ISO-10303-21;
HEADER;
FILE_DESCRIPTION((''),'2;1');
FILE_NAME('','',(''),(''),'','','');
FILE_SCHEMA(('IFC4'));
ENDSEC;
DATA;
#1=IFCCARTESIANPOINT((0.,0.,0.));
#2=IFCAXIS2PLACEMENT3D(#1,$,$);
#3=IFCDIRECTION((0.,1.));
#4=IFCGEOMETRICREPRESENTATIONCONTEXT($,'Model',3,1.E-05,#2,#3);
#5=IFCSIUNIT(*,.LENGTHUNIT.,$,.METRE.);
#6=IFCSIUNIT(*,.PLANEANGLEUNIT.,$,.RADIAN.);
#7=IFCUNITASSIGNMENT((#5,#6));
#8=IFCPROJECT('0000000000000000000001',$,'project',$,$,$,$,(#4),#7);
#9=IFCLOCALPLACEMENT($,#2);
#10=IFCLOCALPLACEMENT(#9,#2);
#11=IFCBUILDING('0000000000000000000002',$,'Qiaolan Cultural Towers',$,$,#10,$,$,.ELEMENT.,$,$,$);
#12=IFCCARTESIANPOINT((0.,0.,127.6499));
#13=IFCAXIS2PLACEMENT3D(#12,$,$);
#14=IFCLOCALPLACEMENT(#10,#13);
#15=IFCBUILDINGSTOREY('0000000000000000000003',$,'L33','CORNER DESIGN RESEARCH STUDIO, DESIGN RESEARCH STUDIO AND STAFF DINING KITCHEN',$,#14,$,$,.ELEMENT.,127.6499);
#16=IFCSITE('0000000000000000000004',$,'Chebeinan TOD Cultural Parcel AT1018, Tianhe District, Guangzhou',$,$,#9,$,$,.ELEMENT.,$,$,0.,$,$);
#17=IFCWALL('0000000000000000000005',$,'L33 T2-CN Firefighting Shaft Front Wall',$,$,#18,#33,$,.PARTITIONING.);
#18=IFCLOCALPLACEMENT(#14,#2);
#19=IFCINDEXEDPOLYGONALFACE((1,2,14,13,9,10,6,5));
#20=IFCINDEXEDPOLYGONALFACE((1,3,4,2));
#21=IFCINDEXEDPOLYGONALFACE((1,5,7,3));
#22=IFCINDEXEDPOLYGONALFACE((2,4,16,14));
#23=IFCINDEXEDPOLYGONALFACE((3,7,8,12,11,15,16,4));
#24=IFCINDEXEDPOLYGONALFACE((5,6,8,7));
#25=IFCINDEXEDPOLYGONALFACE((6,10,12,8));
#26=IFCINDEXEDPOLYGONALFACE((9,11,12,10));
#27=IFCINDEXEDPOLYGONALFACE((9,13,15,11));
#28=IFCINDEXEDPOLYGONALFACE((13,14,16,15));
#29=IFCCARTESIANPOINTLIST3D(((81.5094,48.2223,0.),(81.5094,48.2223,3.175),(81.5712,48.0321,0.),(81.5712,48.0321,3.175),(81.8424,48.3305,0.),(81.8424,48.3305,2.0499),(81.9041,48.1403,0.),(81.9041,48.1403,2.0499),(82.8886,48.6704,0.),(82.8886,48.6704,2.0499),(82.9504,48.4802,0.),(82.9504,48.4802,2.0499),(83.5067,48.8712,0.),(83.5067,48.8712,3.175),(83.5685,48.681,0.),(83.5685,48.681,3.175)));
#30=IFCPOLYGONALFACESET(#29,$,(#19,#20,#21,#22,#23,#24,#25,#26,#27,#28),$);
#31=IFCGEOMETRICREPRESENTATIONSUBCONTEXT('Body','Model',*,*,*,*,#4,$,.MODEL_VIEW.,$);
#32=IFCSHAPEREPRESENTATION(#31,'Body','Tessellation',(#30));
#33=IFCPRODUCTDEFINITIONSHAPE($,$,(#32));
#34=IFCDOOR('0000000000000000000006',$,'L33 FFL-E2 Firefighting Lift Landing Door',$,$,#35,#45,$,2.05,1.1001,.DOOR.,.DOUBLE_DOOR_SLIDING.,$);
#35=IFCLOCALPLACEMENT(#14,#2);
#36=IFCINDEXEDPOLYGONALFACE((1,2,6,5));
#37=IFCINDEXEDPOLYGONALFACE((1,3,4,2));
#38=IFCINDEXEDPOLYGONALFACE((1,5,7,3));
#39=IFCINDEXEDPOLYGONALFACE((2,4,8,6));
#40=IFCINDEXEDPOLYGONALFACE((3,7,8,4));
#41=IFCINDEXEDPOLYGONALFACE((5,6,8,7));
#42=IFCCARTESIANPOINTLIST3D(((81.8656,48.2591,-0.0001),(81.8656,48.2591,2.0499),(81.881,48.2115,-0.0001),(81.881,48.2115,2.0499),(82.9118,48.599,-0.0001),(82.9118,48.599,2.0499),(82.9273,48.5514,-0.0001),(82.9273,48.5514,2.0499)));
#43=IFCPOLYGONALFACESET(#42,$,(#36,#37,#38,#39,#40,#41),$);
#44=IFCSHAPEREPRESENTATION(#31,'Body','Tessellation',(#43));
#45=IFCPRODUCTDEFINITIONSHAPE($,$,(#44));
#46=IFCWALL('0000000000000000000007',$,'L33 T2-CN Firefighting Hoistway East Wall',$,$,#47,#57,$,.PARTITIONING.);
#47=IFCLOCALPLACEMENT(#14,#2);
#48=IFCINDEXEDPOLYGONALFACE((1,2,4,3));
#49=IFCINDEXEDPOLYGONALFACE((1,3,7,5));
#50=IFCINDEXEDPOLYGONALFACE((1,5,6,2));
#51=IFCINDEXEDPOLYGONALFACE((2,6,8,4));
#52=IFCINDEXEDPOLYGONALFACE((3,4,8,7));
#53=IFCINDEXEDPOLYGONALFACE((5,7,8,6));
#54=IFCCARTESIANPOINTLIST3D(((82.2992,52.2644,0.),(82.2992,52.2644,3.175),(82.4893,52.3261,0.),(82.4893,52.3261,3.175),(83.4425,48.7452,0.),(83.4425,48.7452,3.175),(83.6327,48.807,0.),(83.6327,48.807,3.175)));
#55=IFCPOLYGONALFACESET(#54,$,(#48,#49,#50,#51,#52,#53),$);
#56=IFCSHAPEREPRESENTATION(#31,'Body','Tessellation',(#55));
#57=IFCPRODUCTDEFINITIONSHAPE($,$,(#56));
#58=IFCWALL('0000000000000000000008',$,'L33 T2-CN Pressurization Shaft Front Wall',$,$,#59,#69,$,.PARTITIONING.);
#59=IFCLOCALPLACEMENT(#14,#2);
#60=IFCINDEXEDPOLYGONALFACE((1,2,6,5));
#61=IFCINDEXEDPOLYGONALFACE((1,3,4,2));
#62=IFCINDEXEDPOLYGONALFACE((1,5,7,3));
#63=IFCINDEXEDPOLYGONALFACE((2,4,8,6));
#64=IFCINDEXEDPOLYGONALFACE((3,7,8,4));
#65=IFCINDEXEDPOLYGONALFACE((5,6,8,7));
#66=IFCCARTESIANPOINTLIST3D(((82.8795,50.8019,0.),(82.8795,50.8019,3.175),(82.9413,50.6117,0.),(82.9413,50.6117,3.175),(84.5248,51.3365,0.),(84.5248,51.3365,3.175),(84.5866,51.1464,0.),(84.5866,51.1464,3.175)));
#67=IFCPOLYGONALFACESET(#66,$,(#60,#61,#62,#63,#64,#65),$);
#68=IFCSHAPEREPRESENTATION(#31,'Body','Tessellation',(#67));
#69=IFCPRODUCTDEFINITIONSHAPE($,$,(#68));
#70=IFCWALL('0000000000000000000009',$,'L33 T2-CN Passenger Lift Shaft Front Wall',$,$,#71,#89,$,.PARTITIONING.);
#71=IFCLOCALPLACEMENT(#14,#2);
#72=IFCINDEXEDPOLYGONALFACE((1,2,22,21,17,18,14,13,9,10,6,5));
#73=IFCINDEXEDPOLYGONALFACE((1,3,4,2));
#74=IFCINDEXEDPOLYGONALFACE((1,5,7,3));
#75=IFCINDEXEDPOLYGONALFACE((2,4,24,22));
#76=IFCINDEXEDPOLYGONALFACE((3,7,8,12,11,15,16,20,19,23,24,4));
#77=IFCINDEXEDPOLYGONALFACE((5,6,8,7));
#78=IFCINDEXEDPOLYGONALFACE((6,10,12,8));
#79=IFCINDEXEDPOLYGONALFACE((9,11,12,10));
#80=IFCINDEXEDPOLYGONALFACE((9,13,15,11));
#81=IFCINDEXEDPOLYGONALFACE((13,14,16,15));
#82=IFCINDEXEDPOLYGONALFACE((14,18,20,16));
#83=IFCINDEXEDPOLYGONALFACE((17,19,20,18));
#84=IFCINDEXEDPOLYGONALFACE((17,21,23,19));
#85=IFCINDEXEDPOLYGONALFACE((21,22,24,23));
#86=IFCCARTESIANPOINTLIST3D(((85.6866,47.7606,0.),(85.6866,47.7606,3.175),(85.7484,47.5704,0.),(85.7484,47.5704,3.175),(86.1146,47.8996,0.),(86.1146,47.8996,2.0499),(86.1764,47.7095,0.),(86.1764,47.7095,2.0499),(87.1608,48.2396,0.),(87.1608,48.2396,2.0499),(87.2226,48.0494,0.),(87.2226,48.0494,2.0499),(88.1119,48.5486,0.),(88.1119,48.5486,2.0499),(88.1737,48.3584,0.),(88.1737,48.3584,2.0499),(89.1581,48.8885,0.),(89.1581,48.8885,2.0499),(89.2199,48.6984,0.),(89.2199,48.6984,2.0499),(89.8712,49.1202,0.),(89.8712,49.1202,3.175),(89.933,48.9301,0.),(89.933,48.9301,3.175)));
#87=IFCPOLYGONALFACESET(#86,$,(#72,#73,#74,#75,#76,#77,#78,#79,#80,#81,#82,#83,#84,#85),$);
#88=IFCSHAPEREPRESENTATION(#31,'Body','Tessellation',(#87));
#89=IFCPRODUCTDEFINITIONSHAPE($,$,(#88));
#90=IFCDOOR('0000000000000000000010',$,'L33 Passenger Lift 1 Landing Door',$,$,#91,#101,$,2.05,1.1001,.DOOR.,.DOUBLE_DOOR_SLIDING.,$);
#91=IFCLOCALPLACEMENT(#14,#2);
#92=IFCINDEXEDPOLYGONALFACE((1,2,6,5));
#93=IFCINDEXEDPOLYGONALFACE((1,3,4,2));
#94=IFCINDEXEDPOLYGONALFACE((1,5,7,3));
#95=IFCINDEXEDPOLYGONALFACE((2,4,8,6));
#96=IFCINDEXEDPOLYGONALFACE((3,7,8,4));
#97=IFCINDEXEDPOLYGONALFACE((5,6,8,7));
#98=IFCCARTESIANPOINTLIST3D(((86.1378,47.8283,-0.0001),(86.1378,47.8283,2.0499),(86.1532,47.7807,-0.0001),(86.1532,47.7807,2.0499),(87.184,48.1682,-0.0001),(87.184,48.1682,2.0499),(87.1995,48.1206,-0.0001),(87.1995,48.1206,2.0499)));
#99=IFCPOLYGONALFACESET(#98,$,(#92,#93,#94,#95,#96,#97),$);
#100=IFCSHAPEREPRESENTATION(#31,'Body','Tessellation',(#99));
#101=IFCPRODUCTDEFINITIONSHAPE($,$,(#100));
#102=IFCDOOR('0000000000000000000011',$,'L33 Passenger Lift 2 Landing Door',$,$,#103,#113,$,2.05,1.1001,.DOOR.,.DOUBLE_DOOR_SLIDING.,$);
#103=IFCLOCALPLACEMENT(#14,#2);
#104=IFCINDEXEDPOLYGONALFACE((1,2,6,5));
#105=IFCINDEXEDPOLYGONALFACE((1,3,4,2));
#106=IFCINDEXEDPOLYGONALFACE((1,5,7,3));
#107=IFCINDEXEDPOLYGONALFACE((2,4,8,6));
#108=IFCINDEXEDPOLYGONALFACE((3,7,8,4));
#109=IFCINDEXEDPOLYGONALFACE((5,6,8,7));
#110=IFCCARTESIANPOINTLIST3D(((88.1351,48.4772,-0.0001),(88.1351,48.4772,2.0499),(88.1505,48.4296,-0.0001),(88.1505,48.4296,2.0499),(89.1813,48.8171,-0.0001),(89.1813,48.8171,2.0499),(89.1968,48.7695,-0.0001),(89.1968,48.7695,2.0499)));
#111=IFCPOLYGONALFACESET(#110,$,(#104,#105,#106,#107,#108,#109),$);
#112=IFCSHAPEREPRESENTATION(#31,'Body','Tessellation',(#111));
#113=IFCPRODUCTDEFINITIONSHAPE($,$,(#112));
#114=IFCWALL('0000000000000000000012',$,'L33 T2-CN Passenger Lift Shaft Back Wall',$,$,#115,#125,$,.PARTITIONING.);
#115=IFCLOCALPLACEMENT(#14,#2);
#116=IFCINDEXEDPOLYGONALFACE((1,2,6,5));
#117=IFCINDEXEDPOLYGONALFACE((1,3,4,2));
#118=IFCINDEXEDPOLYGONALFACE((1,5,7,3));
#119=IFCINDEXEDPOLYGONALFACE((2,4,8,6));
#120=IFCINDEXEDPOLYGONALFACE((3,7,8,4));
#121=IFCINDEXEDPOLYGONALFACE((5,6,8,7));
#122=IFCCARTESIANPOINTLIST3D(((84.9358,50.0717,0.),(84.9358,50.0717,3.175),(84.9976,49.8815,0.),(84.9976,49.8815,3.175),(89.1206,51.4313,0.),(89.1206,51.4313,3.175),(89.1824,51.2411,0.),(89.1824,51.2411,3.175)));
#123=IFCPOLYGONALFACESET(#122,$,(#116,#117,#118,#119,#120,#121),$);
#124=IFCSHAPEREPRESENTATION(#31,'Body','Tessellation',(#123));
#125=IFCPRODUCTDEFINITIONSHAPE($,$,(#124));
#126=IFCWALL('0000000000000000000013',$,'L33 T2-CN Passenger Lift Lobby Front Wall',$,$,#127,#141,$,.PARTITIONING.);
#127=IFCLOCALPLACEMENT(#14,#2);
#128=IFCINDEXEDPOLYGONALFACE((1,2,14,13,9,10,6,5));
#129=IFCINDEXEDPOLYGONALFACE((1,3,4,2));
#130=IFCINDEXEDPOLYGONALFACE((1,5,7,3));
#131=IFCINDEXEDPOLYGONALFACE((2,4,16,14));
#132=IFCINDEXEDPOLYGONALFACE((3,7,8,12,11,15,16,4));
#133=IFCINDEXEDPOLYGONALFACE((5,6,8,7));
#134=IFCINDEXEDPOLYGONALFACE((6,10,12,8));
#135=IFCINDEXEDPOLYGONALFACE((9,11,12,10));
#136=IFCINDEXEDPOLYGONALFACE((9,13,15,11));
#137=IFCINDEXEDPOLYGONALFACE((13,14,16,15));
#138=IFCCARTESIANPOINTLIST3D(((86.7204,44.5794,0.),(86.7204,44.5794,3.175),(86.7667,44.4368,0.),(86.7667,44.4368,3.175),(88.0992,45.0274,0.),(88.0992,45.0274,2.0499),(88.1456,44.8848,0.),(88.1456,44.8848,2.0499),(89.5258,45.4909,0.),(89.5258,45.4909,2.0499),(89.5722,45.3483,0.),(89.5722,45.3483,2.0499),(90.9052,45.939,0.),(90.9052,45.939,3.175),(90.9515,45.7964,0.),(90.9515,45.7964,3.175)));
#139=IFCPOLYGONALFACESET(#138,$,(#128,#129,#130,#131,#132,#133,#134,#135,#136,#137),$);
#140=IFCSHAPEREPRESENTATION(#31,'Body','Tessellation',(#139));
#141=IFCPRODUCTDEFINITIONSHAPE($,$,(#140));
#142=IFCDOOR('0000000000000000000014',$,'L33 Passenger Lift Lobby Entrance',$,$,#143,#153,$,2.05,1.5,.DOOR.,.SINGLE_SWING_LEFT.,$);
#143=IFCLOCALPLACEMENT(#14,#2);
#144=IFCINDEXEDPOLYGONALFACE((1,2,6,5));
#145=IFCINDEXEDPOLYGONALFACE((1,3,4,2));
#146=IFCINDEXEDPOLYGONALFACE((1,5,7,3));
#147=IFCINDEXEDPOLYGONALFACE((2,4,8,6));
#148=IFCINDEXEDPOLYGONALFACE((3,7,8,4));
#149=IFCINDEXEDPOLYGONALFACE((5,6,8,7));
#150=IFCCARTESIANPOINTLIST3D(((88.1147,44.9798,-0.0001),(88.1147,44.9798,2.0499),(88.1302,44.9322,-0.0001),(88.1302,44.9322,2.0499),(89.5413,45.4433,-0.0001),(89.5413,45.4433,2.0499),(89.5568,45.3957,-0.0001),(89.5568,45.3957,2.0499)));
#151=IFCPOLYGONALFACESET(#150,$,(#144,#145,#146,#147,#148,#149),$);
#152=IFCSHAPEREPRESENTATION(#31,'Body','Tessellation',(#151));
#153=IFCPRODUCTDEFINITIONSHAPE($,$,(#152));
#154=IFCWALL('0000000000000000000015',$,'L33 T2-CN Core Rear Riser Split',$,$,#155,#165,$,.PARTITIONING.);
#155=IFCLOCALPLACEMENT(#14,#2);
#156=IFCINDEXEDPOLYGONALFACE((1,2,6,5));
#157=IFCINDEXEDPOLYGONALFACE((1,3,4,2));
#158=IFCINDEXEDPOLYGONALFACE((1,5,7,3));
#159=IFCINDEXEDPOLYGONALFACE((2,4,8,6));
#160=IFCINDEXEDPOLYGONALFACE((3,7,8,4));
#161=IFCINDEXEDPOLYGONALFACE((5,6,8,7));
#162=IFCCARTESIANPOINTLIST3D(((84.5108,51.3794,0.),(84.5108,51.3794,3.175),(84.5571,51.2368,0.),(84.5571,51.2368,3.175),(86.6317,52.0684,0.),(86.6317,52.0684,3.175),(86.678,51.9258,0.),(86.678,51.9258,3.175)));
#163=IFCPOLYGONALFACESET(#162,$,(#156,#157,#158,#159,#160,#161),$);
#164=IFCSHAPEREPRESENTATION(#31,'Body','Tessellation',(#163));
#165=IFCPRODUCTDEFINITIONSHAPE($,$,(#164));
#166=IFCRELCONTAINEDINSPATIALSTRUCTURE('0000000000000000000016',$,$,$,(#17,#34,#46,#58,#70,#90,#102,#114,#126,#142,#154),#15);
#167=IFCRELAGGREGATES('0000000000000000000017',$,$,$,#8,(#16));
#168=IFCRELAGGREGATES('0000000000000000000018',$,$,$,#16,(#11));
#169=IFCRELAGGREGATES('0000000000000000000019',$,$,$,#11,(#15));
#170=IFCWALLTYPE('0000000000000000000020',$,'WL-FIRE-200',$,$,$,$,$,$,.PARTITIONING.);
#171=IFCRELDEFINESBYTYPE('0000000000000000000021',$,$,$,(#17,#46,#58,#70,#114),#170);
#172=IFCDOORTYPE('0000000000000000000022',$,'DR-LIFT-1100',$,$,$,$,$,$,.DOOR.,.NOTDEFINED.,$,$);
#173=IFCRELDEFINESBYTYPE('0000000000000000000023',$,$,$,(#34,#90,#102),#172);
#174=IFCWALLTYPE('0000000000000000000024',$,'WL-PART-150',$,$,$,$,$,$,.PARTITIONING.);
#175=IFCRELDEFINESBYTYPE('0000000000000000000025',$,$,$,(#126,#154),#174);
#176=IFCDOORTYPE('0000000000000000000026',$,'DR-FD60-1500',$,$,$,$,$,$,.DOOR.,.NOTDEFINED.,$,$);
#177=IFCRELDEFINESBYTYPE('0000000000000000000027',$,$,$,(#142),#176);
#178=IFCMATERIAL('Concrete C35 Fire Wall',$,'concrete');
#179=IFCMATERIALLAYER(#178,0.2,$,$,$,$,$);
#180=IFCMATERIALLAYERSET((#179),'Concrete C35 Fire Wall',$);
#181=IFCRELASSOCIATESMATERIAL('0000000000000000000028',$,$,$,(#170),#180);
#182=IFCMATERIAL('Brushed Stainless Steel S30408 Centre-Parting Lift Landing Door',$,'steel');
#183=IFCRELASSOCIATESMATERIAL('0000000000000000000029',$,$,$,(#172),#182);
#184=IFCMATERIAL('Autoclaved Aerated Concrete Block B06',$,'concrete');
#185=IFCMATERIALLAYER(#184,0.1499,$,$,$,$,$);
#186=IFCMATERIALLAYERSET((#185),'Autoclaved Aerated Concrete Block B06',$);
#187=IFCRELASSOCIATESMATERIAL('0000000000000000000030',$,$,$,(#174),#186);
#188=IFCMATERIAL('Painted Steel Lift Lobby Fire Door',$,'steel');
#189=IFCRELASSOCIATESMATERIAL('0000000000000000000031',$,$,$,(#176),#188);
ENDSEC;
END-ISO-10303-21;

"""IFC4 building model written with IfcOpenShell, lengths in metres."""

from ifc_helpers import new_model, si_unit, direction, frame, frame_2d, origin, place, context, subcontext, project, spatial, rectangle, extrude, material, layer, layer_set, type_object, element, fill, save


model = new_model("IFC4")

# Units and contexts
model_context = context("Model", 3, precision=1e-05, world=origin(), true_north=direction((0.0, 1.0)))
body_context = subcontext(model_context, "Body", "Model", "MODEL_VIEW")
ifc_project = project(units=[si_unit("LENGTHUNIT", "METRE"), si_unit("PLANEANGLEUNIT", "RADIAN")], contexts=[model_context])

# Site, building, storey
site_placement = place(None, origin())
site = spatial("IfcSite", under=ifc_project, at=site_placement, Name="Chebeinan TOD Cultural Parcel AT1018, Tianhe District, Guangzhou", CompositionType="ELEMENT", RefElevation=0.0)
building_placement = place(site_placement, origin())
building = spatial("IfcBuilding", under=site, at=building_placement, Name="Qiaolan Cultural Towers", CompositionType="ELEMENT")
storey_placement = place(building_placement, frame((0.0, 0.0, 127.6499)))
storey = spatial("IfcBuildingStorey", under=building, at=storey_placement, Name="L33", Description="CORNER DESIGN RESEARCH STUDIO, DESIGN RESEARCH STUDIO AND STAFF DINING KITCHEN", CompositionType="ELEMENT", Elevation=127.6499)

# Shared definitions
ifc_material_1 = material(Name="Concrete C35 Fire Wall", Category="concrete")
ifc_layer_1 = layer(ifc_material_1, 0.2)
ifc_layer_set_1 = layer_set([ifc_layer_1], Name="Concrete C35 Fire Wall")
wall_type_1 = type_object("IfcWallType", Name="WL-FIRE-200", PredefinedType="PARTITIONING", material=ifc_layer_set_1)

# Wall, opening, door
wall_1_placement = place(storey_placement, frame((81.5403, 48.1272, 0.0), z_axis=(0.0, 0.0, 1.0), x_axis=(0.951062, 0.308999, 0.0)))
wall_1 = element("IfcWall", 1, at=wall_1_placement, inside=storey, type_object=wall_type_1, Name="L33 T2-CN Firefighting Shaft Front Wall", PredefinedType="PARTITIONING", context=body_context, shape_type="SweptSolid", body=[
    extrude(rectangle(XDim=2.1001, YDim=0.2, at=frame_2d((1.05, 0.0))), origin(), (0.0, 0.0, 1.0), 3.175),
])
opening_1_placement = place(wall_1_placement, frame((0.3501, 0.0, 0.0)))
opening_1 = element("IfcOpeningElement", 2, at=opening_1_placement, cuts=wall_1, PredefinedType="OPENING", context=body_context, shape_type="SweptSolid", body=[
    extrude(rectangle(XDim=1.1001, YDim=2.05, at=frame_2d((0.55, 1.0249))), frame((0.0, 0.1099, 0.0), z_axis=(0.0, -1.0, 0.0), x_axis=(1.0, 0.0, 0.0)), (0.0, 0.0, 1.0), 0.22),
])
ifc_material_2 = material(Name="Brushed Stainless Steel S30408 Centre-Parting Lift Landing Door", Category="steel")
door_type_1 = type_object("IfcDoorType", Name="DR-LIFT-1100", OperationType="NOTDEFINED", PredefinedType="DOOR", material=ifc_material_2)
door_1_placement = place(opening_1_placement, origin())
door_1 = element("IfcDoor", 3, at=door_1_placement, inside=storey, type_object=door_type_1, Name="L33 FFL-E2 Firefighting Lift Landing Door", OperationType="DOUBLE_DOOR_SLIDING", OverallHeight=2.05, OverallWidth=1.1001, PredefinedType="DOOR", context=body_context, shape_type="SweptSolid", body=[
    extrude(rectangle(XDim=1.1001, YDim=2.05, at=frame_2d((0.55, 1.0249))), frame((0.0, 0.0249, 0.0), z_axis=(0.0, -1.0, 0.0), x_axis=(1.0, 0.0, 0.0)), (0.0, 0.0, 1.0), 0.05),
])
fill(opening_1, door_1)

# Walls
wall_2_placement = place(storey_placement, frame((83.5376, 48.7761, 0.0), z_axis=(0.0, 0.0, 1.0), x_axis=(-0.308994, 0.951064, 0.0)))
element("IfcWall", 4, at=wall_2_placement, inside=storey, type_object=wall_type_1, Name="L33 T2-CN Firefighting Hoistway East Wall", PredefinedType="PARTITIONING", context=body_context, shape_type="SweptSolid", body=[
    extrude(rectangle(XDim=3.7002, YDim=0.2, at=frame_2d((1.8501, 0.0))), origin(), (0.0, 0.0, 1.0), 3.175),
])
wall_3_placement = place(storey_placement, frame((82.9104, 50.7068, 0.0), z_axis=(0.0, 0.0, 1.0), x_axis=(0.951041, 0.309064, 0.0)))
element("IfcWall", 5, at=wall_3_placement, inside=storey, type_object=wall_type_1, Name="L33 T2-CN Pressurization Shaft Front Wall", PredefinedType="PARTITIONING", context=body_context, shape_type="SweptSolid", body=[
    extrude(rectangle(XDim=1.73, YDim=0.2, at=frame_2d((0.865, 0.0))), origin(), (0.0, 0.0, 1.0), 3.175),
])

# Wall, openings, doors
wall_4_placement = place(storey_placement, frame((85.7175, 47.6655, 0.0), z_axis=(0.0, 0.0, 1.0), x_axis=(0.951059, 0.309011, 0.0)))
wall_4 = element("IfcWall", 6, at=wall_4_placement, inside=storey, type_object=wall_type_1, Name="L33 T2-CN Passenger Lift Shaft Front Wall", PredefinedType="PARTITIONING", context=body_context, shape_type="SweptSolid", body=[
    extrude(rectangle(XDim=4.3999, YDim=0.2, at=frame_2d((2.2, 0.0))), origin(), (0.0, 0.0, 1.0), 3.175),
])
opening_2_placement = place(wall_4_placement, frame((0.45, 0.0, 0.0)))
opening_2 = element("IfcOpeningElement", 7, at=opening_2_placement, cuts=wall_4, PredefinedType="OPENING", context=body_context, shape_type="SweptSolid", body=[
    extrude(rectangle(XDim=1.1001, YDim=2.05, at=frame_2d((0.55, 1.0249))), frame((0.0, 0.1099, 0.0), z_axis=(0.0, -1.0, 0.0), x_axis=(1.0, 0.0, 0.0)), (0.0, 0.0, 1.0), 0.22),
])
opening_3_placement = place(wall_4_placement, frame((2.55, 0.0, 0.0)))
opening_3 = element("IfcOpeningElement", 8, at=opening_3_placement, cuts=wall_4, PredefinedType="OPENING", context=body_context, shape_type="SweptSolid", body=[
    extrude(rectangle(XDim=1.1001, YDim=2.05, at=frame_2d((0.55, 1.0249))), frame((0.0, 0.1099, 0.0), z_axis=(0.0, -1.0, 0.0), x_axis=(1.0, 0.0, 0.0)), (0.0, 0.0, 1.0), 0.22),
])
door_2_placement = place(opening_2_placement, origin())
door_2 = element("IfcDoor", 9, at=door_2_placement, inside=storey, type_object=door_type_1, Name="L33 Passenger Lift 1 Landing Door", OperationType="DOUBLE_DOOR_SLIDING", OverallHeight=2.05, OverallWidth=1.1001, PredefinedType="DOOR", context=body_context, shape_type="SweptSolid", body=[
    extrude(rectangle(XDim=1.1001, YDim=2.05, at=frame_2d((0.55, 1.0249))), frame((0.0, 0.0249, 0.0), z_axis=(0.0, -1.0, 0.0), x_axis=(1.0, 0.0, 0.0)), (0.0, 0.0, 1.0), 0.05),
])
fill(opening_2, door_2)
door_3_placement = place(opening_3_placement, origin())
door_3 = element("IfcDoor", 10, at=door_3_placement, inside=storey, type_object=door_type_1, Name="L33 Passenger Lift 2 Landing Door", OperationType="DOUBLE_DOOR_SLIDING", OverallHeight=2.05, OverallWidth=1.1001, PredefinedType="DOOR", context=body_context, shape_type="SweptSolid", body=[
    extrude(rectangle(XDim=1.1001, YDim=2.05, at=frame_2d((0.55, 1.0249))), frame((0.0, 0.0249, 0.0), z_axis=(0.0, -1.0, 0.0), x_axis=(1.0, 0.0, 0.0)), (0.0, 0.0, 1.0), 0.05),
])
fill(opening_3, door_3)

# Wall
wall_5_placement = place(storey_placement, frame((84.9666, 49.9766, 0.0), z_axis=(0.0, 0.0, 1.0), x_axis=(0.951064, 0.308994, 0.0)))
element("IfcWall", 11, at=wall_5_placement, inside=storey, type_object=wall_type_1, Name="L33 T2-CN Passenger Lift Shaft Back Wall", PredefinedType="PARTITIONING", context=body_context, shape_type="SweptSolid", body=[
    extrude(rectangle(XDim=4.4001, YDim=0.2, at=frame_2d((2.2002, 0.0))), origin(), (0.0, 0.0, 1.0), 3.175),
])

# Wall, opening, door
ifc_material_3 = material(Name="Autoclaved Aerated Concrete Block B06", Category="concrete")
ifc_layer_2 = layer(ifc_material_3, 0.1499)
ifc_layer_set_2 = layer_set([ifc_layer_2], Name="Autoclaved Aerated Concrete Block B06")
wall_type_2 = type_object("IfcWallType", Name="WL-PART-150", PredefinedType="PARTITIONING", material=ifc_layer_set_2)
wall_6_placement = place(storey_placement, frame((86.7434, 44.5081, 0.0), z_axis=(0.0, 0.0, 1.0), x_axis=(0.951064, 0.308994, 0.0)))
wall_6 = element("IfcWall", 12, at=wall_6_placement, inside=storey, type_object=wall_type_2, Name="L33 T2-CN Passenger Lift Lobby Front Wall", PredefinedType="PARTITIONING", context=body_context, shape_type="SweptSolid", body=[
    extrude(rectangle(XDim=4.4001, YDim=0.1499, at=frame_2d((2.2002, 0.0))), origin(), (0.0, 0.0, 1.0), 3.175),
])
opening_4_placement = place(wall_6_placement, frame((1.45, 0.0, 0.0)))
opening_4 = element("IfcOpeningElement", 13, at=opening_4_placement, cuts=wall_6, PredefinedType="OPENING", context=body_context, shape_type="SweptSolid", body=[
    extrude(rectangle(XDim=1.5, YDim=2.05, at=frame_2d((0.75, 1.0249))), frame((0.0, 0.085, 0.0), z_axis=(0.0, -1.0, 0.0), x_axis=(1.0, 0.0, 0.0)), (0.0, 0.0, 1.0), 0.1699),
])
ifc_material_4 = material(Name="Painted Steel Lift Lobby Fire Door", Category="steel")
door_type_2 = type_object("IfcDoorType", Name="DR-FD60-1500", OperationType="NOTDEFINED", PredefinedType="DOOR", material=ifc_material_4)
door_4_placement = place(opening_4_placement, origin())
door_4 = element("IfcDoor", 14, at=door_4_placement, inside=storey, type_object=door_type_2, Name="L33 Passenger Lift Lobby Entrance", OperationType="SINGLE_SWING_LEFT", OverallHeight=2.05, OverallWidth=1.5, PredefinedType="DOOR", context=body_context, shape_type="SweptSolid", body=[
    extrude(rectangle(XDim=1.5, YDim=2.05, at=frame_2d((0.75, 1.0249))), frame((0.0, 0.0249, 0.0), z_axis=(0.0, -1.0, 0.0), x_axis=(1.0, 0.0, 0.0)), (0.0, 0.0, 1.0), 0.05),
])
fill(opening_4, door_4)

# Wall
wall_7_placement = place(storey_placement, frame((84.5339, 51.3081, 0.0), z_axis=(0.0, 0.0, 1.0), x_axis=(0.951075, 0.30896, 0.0)))
element("IfcWall", 15, at=wall_7_placement, inside=storey, type_object=wall_type_2, Name="L33 T2-CN Core Rear Riser Split", PredefinedType="PARTITIONING", context=body_context, shape_type="SweptSolid", body=[
    extrude(rectangle(XDim=2.23, YDim=0.1499, at=frame_2d((1.115, 0.0))), origin(), (0.0, 0.0, 1.0), 3.175),
])

save(model, "model.ifc")
